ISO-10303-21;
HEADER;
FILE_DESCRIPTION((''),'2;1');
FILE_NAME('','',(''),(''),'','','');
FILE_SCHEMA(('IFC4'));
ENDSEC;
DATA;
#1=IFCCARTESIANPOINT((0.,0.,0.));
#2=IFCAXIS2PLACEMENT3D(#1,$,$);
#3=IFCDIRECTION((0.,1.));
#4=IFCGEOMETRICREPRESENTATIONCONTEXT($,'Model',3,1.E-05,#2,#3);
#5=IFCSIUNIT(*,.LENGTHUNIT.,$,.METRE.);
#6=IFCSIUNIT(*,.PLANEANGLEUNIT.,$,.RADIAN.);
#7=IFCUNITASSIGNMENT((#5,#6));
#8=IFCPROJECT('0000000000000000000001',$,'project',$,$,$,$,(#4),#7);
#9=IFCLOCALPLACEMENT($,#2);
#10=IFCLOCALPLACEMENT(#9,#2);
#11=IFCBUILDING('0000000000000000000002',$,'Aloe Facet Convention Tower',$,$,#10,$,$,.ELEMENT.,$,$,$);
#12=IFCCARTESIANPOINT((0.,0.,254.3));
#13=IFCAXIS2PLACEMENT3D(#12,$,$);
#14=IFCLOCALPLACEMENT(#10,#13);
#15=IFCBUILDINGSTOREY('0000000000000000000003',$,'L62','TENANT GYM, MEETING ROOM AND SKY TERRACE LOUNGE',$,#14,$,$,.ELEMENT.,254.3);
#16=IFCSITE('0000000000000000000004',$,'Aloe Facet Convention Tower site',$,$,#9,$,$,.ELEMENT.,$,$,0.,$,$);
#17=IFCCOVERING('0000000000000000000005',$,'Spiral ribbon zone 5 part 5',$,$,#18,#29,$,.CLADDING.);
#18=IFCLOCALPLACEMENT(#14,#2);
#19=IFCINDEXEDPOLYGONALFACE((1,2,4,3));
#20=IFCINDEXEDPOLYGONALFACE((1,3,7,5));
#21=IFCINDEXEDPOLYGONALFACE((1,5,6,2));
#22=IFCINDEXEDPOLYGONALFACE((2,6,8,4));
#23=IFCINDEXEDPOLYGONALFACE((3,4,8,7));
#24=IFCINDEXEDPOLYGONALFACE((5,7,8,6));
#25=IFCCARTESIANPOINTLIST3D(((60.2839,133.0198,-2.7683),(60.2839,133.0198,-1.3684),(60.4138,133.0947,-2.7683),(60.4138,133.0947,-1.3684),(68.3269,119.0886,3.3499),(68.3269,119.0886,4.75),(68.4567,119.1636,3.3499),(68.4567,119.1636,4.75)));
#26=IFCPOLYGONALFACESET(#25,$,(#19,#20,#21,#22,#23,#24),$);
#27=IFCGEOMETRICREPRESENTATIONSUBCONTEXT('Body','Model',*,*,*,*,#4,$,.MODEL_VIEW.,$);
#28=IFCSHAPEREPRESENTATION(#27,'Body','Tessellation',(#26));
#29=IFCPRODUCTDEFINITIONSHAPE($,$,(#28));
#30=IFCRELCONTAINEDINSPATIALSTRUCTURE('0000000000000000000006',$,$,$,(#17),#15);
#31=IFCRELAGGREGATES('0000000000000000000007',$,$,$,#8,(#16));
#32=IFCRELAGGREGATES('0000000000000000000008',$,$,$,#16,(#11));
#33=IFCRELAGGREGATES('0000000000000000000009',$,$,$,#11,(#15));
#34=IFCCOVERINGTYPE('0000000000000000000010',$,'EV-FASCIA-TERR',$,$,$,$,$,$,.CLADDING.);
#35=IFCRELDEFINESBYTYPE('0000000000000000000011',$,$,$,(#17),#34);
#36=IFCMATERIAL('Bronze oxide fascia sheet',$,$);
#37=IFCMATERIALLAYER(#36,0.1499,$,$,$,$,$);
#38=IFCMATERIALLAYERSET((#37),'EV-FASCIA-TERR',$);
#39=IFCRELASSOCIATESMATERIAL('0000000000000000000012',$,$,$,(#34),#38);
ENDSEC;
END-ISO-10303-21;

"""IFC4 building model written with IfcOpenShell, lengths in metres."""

from ifc_helpers import new_model, si_unit, direction, frame, origin, place, context, subcontext, project, spatial, polyline, outline, extrude, material, layer, layer_set, type_object, element, save


model = new_model("IFC4")

# Units and contexts
model_context = context("Model", 3, precision=1e-05, world=origin(), true_north=direction((0.0, 1.0)))
body_context = subcontext(model_context, "Body", "Model", "MODEL_VIEW")
ifc_project = project(units=[si_unit("LENGTHUNIT", "METRE"), si_unit("PLANEANGLEUNIT", "RADIAN")], contexts=[model_context])

# Site, building, storey
site_placement = place(None, origin())
site = spatial("IfcSite", under=ifc_project, at=site_placement, Name="Aloe Facet Convention Tower site", CompositionType="ELEMENT", RefElevation=0.0)
building_placement = place(site_placement, origin())
building = spatial("IfcBuilding", under=site, at=building_placement, Name="Aloe Facet Convention Tower", CompositionType="ELEMENT")
storey_placement = place(building_placement, frame((0.0, 0.0, 254.3)))
storey = spatial("IfcBuildingStorey", under=building, at=storey_placement, Name="L62", Description="TENANT GYM, MEETING ROOM AND SKY TERRACE LOUNGE", CompositionType="ELEMENT", Elevation=254.3)

# Covering
ifc_material_1 = material(Name="Bronze oxide fascia sheet")
ifc_layer_1 = layer(ifc_material_1, 0.1499)
ifc_layer_set_1 = layer_set([ifc_layer_1], Name="EV-FASCIA-TERR")
covering_type = type_object("IfcCoveringType", Name="EV-FASCIA-TERR", PredefinedType="CLADDING", material=ifc_layer_set_1)
covering_placement = place(storey_placement, frame((60.2839, 133.0198, -2.7683), z_axis=(-0.86603, -0.499991, 0.0), x_axis=(0.467332, -0.809461, 0.355492)))
element("IfcCovering", 1, at=covering_placement, inside=storey, type_object=covering_type, Name="Spiral ribbon zone 5 part 5", PredefinedType="CLADDING", context=body_context, shape_type="SweptSolid", body=[
    extrude(outline(polyline([(0.0, 0.0), (17.2104, 0.0), (17.7082, 1.3087), (0.4977, 1.3085), (0.0, 0.0)])), origin(), (0.0, 0.0, -1.0), 0.1499),
])

save(model, "model.ifc")
